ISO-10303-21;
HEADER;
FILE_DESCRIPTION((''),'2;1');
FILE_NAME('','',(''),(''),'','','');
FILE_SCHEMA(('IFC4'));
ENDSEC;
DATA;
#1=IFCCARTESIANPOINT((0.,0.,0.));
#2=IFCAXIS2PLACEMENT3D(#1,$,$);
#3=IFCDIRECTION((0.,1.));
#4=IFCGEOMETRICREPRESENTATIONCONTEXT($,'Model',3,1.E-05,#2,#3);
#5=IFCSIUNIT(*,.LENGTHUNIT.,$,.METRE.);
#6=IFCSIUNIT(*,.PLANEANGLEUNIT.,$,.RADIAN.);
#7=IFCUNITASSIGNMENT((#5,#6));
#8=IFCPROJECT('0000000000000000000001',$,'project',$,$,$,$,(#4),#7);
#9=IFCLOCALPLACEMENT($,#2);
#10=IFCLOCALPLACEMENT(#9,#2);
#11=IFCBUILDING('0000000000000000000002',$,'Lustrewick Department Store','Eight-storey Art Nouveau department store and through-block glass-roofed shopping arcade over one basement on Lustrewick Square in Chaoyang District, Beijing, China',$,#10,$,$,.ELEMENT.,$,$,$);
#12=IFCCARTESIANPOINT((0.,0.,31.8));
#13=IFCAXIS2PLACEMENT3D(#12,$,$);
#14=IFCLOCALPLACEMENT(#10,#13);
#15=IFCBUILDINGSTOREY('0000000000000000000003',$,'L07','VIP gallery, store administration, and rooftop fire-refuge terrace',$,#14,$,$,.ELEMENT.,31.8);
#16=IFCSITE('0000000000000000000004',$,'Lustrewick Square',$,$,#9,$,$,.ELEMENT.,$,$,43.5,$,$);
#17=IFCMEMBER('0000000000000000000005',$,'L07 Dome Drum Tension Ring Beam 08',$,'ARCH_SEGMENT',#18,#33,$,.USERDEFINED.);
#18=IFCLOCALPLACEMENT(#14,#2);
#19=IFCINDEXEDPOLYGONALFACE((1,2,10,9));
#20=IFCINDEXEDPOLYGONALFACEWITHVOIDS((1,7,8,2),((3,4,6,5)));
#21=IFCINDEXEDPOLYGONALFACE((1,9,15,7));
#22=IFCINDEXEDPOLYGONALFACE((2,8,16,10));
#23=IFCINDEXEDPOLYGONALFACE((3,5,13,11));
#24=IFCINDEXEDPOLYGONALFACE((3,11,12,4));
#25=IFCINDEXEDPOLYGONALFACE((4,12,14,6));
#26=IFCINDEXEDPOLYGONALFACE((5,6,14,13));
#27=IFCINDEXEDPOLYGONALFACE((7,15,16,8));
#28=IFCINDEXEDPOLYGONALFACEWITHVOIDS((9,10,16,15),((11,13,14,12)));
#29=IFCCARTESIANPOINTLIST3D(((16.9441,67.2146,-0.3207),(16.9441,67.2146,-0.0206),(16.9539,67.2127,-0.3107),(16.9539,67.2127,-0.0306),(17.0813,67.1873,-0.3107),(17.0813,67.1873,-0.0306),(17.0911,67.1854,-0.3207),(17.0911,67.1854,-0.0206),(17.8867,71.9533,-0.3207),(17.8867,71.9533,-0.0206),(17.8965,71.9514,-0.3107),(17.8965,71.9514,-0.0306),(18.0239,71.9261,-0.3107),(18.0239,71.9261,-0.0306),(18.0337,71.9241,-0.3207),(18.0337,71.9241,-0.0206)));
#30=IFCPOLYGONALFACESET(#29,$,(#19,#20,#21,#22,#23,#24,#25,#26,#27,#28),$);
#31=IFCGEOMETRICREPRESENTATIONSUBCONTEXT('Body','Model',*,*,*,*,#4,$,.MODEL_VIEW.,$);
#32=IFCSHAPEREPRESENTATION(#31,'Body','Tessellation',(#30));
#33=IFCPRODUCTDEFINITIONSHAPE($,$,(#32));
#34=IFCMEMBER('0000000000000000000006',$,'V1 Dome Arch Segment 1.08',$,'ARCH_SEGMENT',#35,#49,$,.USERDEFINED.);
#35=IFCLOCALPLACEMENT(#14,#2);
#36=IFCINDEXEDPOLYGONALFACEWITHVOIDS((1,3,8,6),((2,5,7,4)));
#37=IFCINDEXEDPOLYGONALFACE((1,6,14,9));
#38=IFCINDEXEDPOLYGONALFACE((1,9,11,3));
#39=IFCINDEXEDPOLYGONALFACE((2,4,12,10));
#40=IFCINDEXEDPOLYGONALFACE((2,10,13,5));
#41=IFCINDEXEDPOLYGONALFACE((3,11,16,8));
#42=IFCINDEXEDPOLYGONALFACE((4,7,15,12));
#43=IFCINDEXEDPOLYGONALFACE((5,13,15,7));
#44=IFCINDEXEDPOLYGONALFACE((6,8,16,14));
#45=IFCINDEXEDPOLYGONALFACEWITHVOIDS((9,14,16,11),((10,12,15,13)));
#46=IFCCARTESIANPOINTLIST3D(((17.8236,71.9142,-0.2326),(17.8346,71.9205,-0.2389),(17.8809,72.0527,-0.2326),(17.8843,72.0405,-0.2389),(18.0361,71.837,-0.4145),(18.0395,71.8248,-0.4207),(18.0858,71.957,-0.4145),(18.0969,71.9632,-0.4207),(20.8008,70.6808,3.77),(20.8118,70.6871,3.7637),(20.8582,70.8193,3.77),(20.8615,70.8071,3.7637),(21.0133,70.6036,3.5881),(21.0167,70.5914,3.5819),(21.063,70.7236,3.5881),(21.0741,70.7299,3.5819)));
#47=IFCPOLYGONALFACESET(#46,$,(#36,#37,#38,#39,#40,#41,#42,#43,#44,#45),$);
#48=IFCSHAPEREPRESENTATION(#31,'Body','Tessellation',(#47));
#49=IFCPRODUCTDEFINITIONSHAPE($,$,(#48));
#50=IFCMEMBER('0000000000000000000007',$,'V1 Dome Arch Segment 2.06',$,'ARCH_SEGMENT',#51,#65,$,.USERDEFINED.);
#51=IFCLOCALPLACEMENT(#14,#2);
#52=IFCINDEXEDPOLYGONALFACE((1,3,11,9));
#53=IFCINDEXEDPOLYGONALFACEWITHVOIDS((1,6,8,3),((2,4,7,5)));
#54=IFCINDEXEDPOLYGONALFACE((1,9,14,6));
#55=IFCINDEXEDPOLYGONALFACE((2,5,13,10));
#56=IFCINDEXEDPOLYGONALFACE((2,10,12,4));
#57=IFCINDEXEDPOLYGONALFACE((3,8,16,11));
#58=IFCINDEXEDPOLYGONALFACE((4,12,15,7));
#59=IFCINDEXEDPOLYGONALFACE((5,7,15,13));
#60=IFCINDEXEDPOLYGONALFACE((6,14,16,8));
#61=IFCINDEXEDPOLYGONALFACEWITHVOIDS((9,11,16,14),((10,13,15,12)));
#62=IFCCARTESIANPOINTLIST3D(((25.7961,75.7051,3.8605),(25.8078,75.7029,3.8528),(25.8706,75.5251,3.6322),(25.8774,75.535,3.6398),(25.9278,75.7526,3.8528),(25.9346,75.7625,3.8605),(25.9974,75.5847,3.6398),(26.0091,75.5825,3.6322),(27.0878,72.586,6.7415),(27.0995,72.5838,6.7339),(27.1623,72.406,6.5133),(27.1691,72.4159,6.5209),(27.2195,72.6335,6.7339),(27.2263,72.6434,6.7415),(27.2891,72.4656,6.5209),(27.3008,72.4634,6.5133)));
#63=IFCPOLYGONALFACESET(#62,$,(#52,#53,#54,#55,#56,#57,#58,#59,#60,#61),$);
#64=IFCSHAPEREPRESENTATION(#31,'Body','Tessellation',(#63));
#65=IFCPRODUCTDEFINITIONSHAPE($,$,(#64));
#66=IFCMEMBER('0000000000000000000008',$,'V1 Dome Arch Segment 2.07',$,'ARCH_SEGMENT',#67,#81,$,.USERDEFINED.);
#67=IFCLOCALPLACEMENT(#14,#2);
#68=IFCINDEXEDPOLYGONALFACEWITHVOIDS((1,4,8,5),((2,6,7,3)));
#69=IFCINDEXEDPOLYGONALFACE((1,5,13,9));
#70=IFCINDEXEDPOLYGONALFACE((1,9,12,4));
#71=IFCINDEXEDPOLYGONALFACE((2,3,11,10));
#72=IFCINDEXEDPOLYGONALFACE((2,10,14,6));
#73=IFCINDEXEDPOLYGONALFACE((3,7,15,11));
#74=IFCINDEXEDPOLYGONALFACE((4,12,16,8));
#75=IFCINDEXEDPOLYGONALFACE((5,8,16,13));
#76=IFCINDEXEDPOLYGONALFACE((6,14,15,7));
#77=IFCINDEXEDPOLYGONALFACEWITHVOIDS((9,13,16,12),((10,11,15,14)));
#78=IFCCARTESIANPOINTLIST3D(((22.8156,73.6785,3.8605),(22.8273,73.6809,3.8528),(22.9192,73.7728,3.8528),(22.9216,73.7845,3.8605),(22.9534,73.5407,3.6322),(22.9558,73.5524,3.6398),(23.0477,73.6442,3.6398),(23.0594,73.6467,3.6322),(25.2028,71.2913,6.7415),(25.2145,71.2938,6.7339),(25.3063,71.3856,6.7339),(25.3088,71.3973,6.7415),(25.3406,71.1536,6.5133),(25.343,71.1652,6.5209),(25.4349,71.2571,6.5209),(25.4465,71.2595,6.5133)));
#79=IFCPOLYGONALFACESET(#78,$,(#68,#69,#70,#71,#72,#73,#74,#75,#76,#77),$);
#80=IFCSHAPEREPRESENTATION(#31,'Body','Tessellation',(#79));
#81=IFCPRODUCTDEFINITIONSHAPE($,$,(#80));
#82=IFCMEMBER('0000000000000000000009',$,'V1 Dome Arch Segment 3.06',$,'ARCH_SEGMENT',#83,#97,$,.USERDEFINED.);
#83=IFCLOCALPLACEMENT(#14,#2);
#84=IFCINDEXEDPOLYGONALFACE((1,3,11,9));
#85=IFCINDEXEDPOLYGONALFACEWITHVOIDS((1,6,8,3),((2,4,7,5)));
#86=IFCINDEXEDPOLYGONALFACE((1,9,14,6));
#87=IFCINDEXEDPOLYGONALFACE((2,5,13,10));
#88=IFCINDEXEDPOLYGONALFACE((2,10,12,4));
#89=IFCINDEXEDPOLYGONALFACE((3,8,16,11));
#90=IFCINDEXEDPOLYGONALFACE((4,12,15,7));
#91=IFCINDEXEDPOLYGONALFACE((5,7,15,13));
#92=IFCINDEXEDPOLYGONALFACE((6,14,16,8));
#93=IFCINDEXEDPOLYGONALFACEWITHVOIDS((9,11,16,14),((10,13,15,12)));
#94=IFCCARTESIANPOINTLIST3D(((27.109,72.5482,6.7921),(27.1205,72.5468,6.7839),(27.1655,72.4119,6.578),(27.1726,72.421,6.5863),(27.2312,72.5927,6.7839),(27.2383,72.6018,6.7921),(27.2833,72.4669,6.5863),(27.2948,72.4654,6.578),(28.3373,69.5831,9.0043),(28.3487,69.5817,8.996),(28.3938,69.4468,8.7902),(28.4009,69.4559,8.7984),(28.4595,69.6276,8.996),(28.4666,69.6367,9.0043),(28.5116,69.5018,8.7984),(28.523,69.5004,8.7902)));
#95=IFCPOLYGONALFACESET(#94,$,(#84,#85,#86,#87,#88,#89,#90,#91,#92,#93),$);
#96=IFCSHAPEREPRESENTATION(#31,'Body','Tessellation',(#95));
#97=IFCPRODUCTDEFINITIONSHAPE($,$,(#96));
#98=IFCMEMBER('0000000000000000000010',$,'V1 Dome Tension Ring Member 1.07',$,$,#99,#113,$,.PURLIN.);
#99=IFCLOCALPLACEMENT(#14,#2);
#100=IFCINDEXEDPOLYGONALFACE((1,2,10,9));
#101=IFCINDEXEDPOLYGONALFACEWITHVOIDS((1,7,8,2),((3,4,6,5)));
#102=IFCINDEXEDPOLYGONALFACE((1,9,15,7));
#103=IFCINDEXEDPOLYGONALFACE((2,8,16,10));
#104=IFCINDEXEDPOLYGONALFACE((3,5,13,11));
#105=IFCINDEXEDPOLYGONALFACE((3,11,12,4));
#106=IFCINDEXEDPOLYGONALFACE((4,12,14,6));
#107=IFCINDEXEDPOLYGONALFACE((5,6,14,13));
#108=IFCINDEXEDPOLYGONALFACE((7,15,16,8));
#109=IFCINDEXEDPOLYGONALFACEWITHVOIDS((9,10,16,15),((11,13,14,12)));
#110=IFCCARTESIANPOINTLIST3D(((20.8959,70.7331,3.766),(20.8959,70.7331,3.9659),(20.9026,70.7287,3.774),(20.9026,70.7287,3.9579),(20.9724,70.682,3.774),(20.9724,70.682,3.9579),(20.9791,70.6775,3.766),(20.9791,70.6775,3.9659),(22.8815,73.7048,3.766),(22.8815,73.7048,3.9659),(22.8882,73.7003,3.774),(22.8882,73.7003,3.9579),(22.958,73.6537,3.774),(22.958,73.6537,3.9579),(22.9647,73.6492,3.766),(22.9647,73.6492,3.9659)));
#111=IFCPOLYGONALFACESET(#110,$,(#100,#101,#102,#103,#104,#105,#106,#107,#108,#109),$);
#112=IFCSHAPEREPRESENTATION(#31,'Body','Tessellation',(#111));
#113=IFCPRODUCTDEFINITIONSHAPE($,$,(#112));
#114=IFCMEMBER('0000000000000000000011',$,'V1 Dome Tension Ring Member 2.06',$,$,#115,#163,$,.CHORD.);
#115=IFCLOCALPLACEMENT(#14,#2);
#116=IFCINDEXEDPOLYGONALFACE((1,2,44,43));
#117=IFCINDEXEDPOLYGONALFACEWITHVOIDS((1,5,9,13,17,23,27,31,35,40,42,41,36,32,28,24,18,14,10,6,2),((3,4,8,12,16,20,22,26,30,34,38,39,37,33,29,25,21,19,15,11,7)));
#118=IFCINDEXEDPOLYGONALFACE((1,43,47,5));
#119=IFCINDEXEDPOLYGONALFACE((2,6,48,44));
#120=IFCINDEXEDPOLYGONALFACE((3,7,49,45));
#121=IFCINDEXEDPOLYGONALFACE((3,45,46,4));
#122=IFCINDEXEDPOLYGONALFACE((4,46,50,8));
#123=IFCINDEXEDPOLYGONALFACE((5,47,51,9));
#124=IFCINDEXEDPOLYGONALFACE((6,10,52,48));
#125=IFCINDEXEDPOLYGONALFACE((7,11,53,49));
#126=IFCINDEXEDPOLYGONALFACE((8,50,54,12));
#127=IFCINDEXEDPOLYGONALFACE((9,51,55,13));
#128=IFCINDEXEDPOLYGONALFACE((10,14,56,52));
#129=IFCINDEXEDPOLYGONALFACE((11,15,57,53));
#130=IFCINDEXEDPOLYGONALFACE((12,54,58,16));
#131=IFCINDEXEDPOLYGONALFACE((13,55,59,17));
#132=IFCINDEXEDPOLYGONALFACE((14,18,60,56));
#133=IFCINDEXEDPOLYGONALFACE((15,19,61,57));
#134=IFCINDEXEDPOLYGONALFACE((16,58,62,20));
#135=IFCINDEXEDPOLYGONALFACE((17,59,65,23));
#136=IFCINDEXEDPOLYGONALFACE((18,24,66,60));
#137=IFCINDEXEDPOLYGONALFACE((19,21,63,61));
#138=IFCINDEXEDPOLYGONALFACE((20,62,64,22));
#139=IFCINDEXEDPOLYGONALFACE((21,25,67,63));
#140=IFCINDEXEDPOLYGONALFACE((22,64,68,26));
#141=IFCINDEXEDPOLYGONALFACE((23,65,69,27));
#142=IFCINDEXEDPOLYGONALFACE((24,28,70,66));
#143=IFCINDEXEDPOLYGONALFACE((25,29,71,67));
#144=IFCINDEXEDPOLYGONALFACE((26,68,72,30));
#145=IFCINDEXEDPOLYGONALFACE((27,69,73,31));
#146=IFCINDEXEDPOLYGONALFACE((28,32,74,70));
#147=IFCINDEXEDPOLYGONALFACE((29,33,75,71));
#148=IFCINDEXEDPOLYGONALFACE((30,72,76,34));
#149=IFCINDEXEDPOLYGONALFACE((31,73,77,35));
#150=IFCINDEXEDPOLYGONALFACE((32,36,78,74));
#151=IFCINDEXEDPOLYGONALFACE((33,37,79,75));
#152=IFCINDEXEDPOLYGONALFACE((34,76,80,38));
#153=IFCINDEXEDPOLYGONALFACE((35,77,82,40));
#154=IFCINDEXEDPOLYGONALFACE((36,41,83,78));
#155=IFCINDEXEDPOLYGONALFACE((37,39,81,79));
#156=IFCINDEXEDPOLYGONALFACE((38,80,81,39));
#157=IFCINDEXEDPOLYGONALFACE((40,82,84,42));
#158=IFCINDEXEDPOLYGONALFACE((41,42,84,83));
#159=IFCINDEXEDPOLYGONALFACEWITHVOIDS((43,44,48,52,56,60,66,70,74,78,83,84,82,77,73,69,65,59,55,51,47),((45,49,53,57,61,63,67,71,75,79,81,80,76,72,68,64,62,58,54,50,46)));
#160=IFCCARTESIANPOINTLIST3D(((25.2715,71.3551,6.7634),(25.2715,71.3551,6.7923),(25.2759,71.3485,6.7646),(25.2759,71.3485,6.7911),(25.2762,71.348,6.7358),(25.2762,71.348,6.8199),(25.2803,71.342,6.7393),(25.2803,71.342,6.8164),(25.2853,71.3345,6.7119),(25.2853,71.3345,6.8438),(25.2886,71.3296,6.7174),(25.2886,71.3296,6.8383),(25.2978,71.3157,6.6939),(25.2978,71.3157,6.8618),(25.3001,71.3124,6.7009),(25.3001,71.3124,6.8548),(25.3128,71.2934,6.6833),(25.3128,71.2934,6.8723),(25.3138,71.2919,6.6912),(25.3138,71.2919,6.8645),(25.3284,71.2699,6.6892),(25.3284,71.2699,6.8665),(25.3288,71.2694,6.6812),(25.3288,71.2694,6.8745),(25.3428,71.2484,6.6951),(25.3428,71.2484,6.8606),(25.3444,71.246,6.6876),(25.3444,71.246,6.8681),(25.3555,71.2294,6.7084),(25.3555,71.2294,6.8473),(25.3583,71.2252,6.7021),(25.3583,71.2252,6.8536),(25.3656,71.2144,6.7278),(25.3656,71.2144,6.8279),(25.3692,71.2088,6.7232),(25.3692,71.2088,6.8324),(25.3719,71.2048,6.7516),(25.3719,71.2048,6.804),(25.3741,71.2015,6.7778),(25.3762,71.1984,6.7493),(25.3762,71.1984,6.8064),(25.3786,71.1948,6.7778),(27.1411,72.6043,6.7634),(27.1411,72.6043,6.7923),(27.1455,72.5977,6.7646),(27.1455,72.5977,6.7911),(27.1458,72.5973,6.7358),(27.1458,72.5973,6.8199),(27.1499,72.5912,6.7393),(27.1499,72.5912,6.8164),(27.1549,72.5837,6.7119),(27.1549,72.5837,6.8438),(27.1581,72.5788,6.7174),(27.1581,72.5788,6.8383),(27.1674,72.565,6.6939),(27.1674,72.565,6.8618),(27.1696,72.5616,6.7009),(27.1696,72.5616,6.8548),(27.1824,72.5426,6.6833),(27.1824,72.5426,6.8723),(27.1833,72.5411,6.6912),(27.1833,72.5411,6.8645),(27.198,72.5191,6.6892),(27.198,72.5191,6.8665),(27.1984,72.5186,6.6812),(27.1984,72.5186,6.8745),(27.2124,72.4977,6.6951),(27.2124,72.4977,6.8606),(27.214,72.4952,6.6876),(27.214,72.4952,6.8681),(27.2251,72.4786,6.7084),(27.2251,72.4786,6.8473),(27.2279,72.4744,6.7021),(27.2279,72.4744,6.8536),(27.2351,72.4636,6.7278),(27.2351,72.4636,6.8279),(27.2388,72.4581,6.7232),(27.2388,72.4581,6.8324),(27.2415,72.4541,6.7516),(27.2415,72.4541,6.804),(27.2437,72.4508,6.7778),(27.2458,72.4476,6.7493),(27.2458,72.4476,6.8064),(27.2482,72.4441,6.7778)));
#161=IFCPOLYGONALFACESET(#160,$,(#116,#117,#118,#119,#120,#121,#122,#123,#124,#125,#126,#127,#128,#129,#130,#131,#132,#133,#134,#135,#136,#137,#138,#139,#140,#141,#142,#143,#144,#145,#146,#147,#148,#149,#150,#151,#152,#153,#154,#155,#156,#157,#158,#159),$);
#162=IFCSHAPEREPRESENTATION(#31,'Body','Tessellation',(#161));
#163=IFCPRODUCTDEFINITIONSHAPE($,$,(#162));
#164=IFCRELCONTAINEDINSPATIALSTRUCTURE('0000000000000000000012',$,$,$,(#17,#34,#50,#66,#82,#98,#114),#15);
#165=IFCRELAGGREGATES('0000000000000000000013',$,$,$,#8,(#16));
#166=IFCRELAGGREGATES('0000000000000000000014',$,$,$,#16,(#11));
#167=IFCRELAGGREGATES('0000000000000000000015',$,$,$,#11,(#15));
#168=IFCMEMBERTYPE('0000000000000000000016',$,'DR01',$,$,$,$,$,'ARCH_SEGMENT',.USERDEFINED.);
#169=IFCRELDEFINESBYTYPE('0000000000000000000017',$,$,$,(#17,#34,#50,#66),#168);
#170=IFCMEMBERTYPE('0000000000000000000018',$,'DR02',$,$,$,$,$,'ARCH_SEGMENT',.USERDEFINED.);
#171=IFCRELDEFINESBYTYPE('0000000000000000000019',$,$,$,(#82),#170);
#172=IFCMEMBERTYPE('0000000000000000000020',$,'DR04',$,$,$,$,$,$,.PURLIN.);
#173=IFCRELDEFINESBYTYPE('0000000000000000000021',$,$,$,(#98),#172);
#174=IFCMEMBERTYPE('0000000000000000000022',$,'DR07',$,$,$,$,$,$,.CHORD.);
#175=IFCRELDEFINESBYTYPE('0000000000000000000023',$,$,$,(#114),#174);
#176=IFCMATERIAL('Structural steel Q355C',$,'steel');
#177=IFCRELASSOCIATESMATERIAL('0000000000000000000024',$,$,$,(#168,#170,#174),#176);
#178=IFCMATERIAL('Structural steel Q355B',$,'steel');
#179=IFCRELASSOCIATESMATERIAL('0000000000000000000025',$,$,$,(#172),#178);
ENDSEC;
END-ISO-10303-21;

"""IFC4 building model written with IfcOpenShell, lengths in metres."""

from ifc_helpers import new_model, si_unit, direction, frame, origin, origin_2d, place, context, subcontext, project, spatial, hollow_rectangle, hollow_circle, extrude, material, material_profile, profile_set, type_object, element, save


model = new_model("IFC4")

# Units and contexts
model_context = context("Model", 3, precision=1e-05, world=origin(), true_north=direction((0.0, 1.0)))
body_context = subcontext(model_context, "Body", "Model", "MODEL_VIEW")
ifc_project = project(units=[si_unit("LENGTHUNIT", "METRE"), si_unit("PLANEANGLEUNIT", "RADIAN")], contexts=[model_context])

# Site, building, storey
site_placement = place(None, origin())
site = spatial("IfcSite", under=ifc_project, at=site_placement, Name="Lustrewick Square", CompositionType="ELEMENT", RefElevation=43.5)
building_placement = place(site_placement, origin())
building = spatial("IfcBuilding", under=site, at=building_placement, Name="Lustrewick Department Store", Description="Eight-storey Art Nouveau department store and through-block glass-roofed shopping arcade over one basement on Lustrewick Square in Chaoyang District, Beijing, China", CompositionType="ELEMENT")
storey_placement = place(building_placement, frame((0.0, 0.0, 31.8)))
storey = spatial("IfcBuildingStorey", under=building, at=storey_placement, Name="L07", Description="VIP gallery, store administration, and rooftop fire-refuge terrace", CompositionType="ELEMENT", Elevation=31.8)

# Members
ifc_material_1 = material(Name="Structural steel Q355C", Category="steel")
ifc_material_profile_1 = material_profile(ifc_material_1, hollow_rectangle(XDim=0.1499, YDim=0.3, WallThickness=0.01, at=origin_2d()), Name="RHS 300x150x10")
ifc_profile_set_1 = profile_set([ifc_material_profile_1], Name="Structural steel Q355C")
member_type_1 = type_object("IfcMemberType", Name="DR01", ElementType="ARCH_SEGMENT", PredefinedType="USERDEFINED", material=ifc_profile_set_1)
member_1_placement = place(storey_placement, frame((17.9602, 71.9387, -0.1707), z_axis=(-0.195096, -0.980784, 0.0), x_axis=(0.980784, -0.195096, 0.0)))
element("IfcMember", 1, at=member_1_placement, inside=storey, type_object=member_type_1, Name="L07 Dome Drum Tension Ring Beam 08", ObjectType="ARCH_SEGMENT", PredefinedType="USERDEFINED", context=body_context, shape_type="SweptSolid", body=[
    extrude(hollow_rectangle(XDim=0.1499, YDim=0.3, WallThickness=0.01, at=origin_2d()), origin(), (0.0, 0.0, 1.0), 4.8315),
])
member_2_placement = place(storey_placement, frame((17.9602, 71.9387, -0.3267), z_axis=(0.579378, -0.240018, 0.778918), x_axis=(0.382726, 0.923862, 0.0)))
element("IfcMember", 2, at=member_2_placement, inside=storey, type_object=member_type_1, Name="V1 Dome Arch Segment 1.08", ObjectType="ARCH_SEGMENT", PredefinedType="USERDEFINED", context=body_context, shape_type="SweptSolid", body=[
    extrude(hollow_rectangle(XDim=0.1499, YDim=0.3, WallThickness=0.01, at=origin_2d()), origin(), (0.0, 0.0, 1.0), 5.1387),
])
for number, where, z_axis, x_axis, name in (
    (3, (25.9026, 75.6438, 3.7463), (0.291046, -0.70278, 0.649147), (0.923905, 0.382622, 0.0), "V1 Dome Arch Segment 2.06"),
    (4, (22.9375, 73.6626, 3.7463), (0.537868, -0.537868, 0.64915), (0.707107, 0.707107, 0.0), "V1 Dome Arch Segment 2.07"),
):
    element("IfcMember", number, at=place(storey_placement, frame(where, z_axis=z_axis, x_axis=x_axis)), inside=storey, type_object=member_type_1, Name=name, ObjectType="ARCH_SEGMENT", PredefinedType="USERDEFINED", context=body_context, shape_type="SweptSolid", body=[
        extrude(hollow_rectangle(XDim=0.1499, YDim=0.3, WallThickness=0.01, at=origin_2d()), origin(), (0.0, 0.0, 1.0), 4.4382),
    ])
ifc_material_profile_2 = material_profile(ifc_material_1, hollow_rectangle(XDim=0.1399, YDim=0.26, WallThickness=0.01, at=origin_2d()), Name="RHS 260x140x10")
ifc_profile_set_2 = profile_set([ifc_material_profile_2], Name="Structural steel Q355C")
member_type_2 = type_object("IfcMemberType", Name="DR02", ElementType="ARCH_SEGMENT", PredefinedType="USERDEFINED", material=ifc_profile_set_2)
member_3_placement = place(storey_placement, frame((27.2019, 72.5068, 6.6851), z_axis=(0.315107, -0.760678, 0.567518), x_axis=(0.923869, 0.382708, 0.0)))
element("IfcMember", 5, at=member_3_placement, inside=storey, type_object=member_type_2, Name="V1 Dome Arch Segment 3.06", ObjectType="ARCH_SEGMENT", PredefinedType="USERDEFINED", context=body_context, shape_type="SweptSolid", body=[
    extrude(hollow_rectangle(XDim=0.1399, YDim=0.26, WallThickness=0.01, at=origin_2d()), origin(), (0.0, 0.0, 1.0), 3.8979),
])
ifc_material_2 = material(Name="Structural steel Q355B", Category="steel")
ifc_material_profile_3 = material_profile(ifc_material_2, hollow_rectangle(XDim=0.1001, YDim=0.2, WallThickness=0.0081, at=origin_2d()), Name="RHS 200x100x8")
ifc_profile_set_3 = profile_set([ifc_material_profile_3], Name="Structural steel Q355B")
member_type_3 = type_object("IfcMemberType", Name="DR04", PredefinedType="PURLIN", material=ifc_profile_set_3)
member_4_placement = place(storey_placement, frame((22.9231, 73.677, 3.866), z_axis=(-0.555567, -0.831472, 0.0), x_axis=(0.831472, -0.555567, 0.0)))
element("IfcMember", 6, at=member_4_placement, inside=storey, type_object=member_type_3, Name="V1 Dome Tension Ring Member 1.07", PredefinedType="PURLIN", context=body_context, shape_type="SweptSolid", body=[
    extrude(hollow_rectangle(XDim=0.1001, YDim=0.2, WallThickness=0.0081, at=origin_2d()), origin(), (0.0, 0.0, 1.0), 3.574),
])
ifc_material_profile_4 = material_profile(ifc_material_1, hollow_circle(Radius=0.0969, WallThickness=0.0081, at=origin_2d()), Name="CHS 194x8")
ifc_profile_set_4 = profile_set([ifc_material_profile_4], Name="Structural steel Q355C")
member_type_4 = type_object("IfcMemberType", Name="DR07", PredefinedType="CHORD", material=ifc_profile_set_4)
member_5_placement = place(storey_placement, frame((27.1943, 72.5247, 6.7778), z_axis=(-0.831465, -0.555577, 0.0), x_axis=(0.555577, -0.831465, 0.0)))
element("IfcMember", 7, at=member_5_placement, inside=storey, type_object=member_type_4, Name="V1 Dome Tension Ring Member 2.06", PredefinedType="CHORD", context=body_context, shape_type="SweptSolid", body=[
    extrude(hollow_circle(Radius=0.0969, WallThickness=0.0081, at=origin_2d()), origin(), (0.0, 0.0, 1.0), 2.2485),
])

save(model, "model.ifc")
